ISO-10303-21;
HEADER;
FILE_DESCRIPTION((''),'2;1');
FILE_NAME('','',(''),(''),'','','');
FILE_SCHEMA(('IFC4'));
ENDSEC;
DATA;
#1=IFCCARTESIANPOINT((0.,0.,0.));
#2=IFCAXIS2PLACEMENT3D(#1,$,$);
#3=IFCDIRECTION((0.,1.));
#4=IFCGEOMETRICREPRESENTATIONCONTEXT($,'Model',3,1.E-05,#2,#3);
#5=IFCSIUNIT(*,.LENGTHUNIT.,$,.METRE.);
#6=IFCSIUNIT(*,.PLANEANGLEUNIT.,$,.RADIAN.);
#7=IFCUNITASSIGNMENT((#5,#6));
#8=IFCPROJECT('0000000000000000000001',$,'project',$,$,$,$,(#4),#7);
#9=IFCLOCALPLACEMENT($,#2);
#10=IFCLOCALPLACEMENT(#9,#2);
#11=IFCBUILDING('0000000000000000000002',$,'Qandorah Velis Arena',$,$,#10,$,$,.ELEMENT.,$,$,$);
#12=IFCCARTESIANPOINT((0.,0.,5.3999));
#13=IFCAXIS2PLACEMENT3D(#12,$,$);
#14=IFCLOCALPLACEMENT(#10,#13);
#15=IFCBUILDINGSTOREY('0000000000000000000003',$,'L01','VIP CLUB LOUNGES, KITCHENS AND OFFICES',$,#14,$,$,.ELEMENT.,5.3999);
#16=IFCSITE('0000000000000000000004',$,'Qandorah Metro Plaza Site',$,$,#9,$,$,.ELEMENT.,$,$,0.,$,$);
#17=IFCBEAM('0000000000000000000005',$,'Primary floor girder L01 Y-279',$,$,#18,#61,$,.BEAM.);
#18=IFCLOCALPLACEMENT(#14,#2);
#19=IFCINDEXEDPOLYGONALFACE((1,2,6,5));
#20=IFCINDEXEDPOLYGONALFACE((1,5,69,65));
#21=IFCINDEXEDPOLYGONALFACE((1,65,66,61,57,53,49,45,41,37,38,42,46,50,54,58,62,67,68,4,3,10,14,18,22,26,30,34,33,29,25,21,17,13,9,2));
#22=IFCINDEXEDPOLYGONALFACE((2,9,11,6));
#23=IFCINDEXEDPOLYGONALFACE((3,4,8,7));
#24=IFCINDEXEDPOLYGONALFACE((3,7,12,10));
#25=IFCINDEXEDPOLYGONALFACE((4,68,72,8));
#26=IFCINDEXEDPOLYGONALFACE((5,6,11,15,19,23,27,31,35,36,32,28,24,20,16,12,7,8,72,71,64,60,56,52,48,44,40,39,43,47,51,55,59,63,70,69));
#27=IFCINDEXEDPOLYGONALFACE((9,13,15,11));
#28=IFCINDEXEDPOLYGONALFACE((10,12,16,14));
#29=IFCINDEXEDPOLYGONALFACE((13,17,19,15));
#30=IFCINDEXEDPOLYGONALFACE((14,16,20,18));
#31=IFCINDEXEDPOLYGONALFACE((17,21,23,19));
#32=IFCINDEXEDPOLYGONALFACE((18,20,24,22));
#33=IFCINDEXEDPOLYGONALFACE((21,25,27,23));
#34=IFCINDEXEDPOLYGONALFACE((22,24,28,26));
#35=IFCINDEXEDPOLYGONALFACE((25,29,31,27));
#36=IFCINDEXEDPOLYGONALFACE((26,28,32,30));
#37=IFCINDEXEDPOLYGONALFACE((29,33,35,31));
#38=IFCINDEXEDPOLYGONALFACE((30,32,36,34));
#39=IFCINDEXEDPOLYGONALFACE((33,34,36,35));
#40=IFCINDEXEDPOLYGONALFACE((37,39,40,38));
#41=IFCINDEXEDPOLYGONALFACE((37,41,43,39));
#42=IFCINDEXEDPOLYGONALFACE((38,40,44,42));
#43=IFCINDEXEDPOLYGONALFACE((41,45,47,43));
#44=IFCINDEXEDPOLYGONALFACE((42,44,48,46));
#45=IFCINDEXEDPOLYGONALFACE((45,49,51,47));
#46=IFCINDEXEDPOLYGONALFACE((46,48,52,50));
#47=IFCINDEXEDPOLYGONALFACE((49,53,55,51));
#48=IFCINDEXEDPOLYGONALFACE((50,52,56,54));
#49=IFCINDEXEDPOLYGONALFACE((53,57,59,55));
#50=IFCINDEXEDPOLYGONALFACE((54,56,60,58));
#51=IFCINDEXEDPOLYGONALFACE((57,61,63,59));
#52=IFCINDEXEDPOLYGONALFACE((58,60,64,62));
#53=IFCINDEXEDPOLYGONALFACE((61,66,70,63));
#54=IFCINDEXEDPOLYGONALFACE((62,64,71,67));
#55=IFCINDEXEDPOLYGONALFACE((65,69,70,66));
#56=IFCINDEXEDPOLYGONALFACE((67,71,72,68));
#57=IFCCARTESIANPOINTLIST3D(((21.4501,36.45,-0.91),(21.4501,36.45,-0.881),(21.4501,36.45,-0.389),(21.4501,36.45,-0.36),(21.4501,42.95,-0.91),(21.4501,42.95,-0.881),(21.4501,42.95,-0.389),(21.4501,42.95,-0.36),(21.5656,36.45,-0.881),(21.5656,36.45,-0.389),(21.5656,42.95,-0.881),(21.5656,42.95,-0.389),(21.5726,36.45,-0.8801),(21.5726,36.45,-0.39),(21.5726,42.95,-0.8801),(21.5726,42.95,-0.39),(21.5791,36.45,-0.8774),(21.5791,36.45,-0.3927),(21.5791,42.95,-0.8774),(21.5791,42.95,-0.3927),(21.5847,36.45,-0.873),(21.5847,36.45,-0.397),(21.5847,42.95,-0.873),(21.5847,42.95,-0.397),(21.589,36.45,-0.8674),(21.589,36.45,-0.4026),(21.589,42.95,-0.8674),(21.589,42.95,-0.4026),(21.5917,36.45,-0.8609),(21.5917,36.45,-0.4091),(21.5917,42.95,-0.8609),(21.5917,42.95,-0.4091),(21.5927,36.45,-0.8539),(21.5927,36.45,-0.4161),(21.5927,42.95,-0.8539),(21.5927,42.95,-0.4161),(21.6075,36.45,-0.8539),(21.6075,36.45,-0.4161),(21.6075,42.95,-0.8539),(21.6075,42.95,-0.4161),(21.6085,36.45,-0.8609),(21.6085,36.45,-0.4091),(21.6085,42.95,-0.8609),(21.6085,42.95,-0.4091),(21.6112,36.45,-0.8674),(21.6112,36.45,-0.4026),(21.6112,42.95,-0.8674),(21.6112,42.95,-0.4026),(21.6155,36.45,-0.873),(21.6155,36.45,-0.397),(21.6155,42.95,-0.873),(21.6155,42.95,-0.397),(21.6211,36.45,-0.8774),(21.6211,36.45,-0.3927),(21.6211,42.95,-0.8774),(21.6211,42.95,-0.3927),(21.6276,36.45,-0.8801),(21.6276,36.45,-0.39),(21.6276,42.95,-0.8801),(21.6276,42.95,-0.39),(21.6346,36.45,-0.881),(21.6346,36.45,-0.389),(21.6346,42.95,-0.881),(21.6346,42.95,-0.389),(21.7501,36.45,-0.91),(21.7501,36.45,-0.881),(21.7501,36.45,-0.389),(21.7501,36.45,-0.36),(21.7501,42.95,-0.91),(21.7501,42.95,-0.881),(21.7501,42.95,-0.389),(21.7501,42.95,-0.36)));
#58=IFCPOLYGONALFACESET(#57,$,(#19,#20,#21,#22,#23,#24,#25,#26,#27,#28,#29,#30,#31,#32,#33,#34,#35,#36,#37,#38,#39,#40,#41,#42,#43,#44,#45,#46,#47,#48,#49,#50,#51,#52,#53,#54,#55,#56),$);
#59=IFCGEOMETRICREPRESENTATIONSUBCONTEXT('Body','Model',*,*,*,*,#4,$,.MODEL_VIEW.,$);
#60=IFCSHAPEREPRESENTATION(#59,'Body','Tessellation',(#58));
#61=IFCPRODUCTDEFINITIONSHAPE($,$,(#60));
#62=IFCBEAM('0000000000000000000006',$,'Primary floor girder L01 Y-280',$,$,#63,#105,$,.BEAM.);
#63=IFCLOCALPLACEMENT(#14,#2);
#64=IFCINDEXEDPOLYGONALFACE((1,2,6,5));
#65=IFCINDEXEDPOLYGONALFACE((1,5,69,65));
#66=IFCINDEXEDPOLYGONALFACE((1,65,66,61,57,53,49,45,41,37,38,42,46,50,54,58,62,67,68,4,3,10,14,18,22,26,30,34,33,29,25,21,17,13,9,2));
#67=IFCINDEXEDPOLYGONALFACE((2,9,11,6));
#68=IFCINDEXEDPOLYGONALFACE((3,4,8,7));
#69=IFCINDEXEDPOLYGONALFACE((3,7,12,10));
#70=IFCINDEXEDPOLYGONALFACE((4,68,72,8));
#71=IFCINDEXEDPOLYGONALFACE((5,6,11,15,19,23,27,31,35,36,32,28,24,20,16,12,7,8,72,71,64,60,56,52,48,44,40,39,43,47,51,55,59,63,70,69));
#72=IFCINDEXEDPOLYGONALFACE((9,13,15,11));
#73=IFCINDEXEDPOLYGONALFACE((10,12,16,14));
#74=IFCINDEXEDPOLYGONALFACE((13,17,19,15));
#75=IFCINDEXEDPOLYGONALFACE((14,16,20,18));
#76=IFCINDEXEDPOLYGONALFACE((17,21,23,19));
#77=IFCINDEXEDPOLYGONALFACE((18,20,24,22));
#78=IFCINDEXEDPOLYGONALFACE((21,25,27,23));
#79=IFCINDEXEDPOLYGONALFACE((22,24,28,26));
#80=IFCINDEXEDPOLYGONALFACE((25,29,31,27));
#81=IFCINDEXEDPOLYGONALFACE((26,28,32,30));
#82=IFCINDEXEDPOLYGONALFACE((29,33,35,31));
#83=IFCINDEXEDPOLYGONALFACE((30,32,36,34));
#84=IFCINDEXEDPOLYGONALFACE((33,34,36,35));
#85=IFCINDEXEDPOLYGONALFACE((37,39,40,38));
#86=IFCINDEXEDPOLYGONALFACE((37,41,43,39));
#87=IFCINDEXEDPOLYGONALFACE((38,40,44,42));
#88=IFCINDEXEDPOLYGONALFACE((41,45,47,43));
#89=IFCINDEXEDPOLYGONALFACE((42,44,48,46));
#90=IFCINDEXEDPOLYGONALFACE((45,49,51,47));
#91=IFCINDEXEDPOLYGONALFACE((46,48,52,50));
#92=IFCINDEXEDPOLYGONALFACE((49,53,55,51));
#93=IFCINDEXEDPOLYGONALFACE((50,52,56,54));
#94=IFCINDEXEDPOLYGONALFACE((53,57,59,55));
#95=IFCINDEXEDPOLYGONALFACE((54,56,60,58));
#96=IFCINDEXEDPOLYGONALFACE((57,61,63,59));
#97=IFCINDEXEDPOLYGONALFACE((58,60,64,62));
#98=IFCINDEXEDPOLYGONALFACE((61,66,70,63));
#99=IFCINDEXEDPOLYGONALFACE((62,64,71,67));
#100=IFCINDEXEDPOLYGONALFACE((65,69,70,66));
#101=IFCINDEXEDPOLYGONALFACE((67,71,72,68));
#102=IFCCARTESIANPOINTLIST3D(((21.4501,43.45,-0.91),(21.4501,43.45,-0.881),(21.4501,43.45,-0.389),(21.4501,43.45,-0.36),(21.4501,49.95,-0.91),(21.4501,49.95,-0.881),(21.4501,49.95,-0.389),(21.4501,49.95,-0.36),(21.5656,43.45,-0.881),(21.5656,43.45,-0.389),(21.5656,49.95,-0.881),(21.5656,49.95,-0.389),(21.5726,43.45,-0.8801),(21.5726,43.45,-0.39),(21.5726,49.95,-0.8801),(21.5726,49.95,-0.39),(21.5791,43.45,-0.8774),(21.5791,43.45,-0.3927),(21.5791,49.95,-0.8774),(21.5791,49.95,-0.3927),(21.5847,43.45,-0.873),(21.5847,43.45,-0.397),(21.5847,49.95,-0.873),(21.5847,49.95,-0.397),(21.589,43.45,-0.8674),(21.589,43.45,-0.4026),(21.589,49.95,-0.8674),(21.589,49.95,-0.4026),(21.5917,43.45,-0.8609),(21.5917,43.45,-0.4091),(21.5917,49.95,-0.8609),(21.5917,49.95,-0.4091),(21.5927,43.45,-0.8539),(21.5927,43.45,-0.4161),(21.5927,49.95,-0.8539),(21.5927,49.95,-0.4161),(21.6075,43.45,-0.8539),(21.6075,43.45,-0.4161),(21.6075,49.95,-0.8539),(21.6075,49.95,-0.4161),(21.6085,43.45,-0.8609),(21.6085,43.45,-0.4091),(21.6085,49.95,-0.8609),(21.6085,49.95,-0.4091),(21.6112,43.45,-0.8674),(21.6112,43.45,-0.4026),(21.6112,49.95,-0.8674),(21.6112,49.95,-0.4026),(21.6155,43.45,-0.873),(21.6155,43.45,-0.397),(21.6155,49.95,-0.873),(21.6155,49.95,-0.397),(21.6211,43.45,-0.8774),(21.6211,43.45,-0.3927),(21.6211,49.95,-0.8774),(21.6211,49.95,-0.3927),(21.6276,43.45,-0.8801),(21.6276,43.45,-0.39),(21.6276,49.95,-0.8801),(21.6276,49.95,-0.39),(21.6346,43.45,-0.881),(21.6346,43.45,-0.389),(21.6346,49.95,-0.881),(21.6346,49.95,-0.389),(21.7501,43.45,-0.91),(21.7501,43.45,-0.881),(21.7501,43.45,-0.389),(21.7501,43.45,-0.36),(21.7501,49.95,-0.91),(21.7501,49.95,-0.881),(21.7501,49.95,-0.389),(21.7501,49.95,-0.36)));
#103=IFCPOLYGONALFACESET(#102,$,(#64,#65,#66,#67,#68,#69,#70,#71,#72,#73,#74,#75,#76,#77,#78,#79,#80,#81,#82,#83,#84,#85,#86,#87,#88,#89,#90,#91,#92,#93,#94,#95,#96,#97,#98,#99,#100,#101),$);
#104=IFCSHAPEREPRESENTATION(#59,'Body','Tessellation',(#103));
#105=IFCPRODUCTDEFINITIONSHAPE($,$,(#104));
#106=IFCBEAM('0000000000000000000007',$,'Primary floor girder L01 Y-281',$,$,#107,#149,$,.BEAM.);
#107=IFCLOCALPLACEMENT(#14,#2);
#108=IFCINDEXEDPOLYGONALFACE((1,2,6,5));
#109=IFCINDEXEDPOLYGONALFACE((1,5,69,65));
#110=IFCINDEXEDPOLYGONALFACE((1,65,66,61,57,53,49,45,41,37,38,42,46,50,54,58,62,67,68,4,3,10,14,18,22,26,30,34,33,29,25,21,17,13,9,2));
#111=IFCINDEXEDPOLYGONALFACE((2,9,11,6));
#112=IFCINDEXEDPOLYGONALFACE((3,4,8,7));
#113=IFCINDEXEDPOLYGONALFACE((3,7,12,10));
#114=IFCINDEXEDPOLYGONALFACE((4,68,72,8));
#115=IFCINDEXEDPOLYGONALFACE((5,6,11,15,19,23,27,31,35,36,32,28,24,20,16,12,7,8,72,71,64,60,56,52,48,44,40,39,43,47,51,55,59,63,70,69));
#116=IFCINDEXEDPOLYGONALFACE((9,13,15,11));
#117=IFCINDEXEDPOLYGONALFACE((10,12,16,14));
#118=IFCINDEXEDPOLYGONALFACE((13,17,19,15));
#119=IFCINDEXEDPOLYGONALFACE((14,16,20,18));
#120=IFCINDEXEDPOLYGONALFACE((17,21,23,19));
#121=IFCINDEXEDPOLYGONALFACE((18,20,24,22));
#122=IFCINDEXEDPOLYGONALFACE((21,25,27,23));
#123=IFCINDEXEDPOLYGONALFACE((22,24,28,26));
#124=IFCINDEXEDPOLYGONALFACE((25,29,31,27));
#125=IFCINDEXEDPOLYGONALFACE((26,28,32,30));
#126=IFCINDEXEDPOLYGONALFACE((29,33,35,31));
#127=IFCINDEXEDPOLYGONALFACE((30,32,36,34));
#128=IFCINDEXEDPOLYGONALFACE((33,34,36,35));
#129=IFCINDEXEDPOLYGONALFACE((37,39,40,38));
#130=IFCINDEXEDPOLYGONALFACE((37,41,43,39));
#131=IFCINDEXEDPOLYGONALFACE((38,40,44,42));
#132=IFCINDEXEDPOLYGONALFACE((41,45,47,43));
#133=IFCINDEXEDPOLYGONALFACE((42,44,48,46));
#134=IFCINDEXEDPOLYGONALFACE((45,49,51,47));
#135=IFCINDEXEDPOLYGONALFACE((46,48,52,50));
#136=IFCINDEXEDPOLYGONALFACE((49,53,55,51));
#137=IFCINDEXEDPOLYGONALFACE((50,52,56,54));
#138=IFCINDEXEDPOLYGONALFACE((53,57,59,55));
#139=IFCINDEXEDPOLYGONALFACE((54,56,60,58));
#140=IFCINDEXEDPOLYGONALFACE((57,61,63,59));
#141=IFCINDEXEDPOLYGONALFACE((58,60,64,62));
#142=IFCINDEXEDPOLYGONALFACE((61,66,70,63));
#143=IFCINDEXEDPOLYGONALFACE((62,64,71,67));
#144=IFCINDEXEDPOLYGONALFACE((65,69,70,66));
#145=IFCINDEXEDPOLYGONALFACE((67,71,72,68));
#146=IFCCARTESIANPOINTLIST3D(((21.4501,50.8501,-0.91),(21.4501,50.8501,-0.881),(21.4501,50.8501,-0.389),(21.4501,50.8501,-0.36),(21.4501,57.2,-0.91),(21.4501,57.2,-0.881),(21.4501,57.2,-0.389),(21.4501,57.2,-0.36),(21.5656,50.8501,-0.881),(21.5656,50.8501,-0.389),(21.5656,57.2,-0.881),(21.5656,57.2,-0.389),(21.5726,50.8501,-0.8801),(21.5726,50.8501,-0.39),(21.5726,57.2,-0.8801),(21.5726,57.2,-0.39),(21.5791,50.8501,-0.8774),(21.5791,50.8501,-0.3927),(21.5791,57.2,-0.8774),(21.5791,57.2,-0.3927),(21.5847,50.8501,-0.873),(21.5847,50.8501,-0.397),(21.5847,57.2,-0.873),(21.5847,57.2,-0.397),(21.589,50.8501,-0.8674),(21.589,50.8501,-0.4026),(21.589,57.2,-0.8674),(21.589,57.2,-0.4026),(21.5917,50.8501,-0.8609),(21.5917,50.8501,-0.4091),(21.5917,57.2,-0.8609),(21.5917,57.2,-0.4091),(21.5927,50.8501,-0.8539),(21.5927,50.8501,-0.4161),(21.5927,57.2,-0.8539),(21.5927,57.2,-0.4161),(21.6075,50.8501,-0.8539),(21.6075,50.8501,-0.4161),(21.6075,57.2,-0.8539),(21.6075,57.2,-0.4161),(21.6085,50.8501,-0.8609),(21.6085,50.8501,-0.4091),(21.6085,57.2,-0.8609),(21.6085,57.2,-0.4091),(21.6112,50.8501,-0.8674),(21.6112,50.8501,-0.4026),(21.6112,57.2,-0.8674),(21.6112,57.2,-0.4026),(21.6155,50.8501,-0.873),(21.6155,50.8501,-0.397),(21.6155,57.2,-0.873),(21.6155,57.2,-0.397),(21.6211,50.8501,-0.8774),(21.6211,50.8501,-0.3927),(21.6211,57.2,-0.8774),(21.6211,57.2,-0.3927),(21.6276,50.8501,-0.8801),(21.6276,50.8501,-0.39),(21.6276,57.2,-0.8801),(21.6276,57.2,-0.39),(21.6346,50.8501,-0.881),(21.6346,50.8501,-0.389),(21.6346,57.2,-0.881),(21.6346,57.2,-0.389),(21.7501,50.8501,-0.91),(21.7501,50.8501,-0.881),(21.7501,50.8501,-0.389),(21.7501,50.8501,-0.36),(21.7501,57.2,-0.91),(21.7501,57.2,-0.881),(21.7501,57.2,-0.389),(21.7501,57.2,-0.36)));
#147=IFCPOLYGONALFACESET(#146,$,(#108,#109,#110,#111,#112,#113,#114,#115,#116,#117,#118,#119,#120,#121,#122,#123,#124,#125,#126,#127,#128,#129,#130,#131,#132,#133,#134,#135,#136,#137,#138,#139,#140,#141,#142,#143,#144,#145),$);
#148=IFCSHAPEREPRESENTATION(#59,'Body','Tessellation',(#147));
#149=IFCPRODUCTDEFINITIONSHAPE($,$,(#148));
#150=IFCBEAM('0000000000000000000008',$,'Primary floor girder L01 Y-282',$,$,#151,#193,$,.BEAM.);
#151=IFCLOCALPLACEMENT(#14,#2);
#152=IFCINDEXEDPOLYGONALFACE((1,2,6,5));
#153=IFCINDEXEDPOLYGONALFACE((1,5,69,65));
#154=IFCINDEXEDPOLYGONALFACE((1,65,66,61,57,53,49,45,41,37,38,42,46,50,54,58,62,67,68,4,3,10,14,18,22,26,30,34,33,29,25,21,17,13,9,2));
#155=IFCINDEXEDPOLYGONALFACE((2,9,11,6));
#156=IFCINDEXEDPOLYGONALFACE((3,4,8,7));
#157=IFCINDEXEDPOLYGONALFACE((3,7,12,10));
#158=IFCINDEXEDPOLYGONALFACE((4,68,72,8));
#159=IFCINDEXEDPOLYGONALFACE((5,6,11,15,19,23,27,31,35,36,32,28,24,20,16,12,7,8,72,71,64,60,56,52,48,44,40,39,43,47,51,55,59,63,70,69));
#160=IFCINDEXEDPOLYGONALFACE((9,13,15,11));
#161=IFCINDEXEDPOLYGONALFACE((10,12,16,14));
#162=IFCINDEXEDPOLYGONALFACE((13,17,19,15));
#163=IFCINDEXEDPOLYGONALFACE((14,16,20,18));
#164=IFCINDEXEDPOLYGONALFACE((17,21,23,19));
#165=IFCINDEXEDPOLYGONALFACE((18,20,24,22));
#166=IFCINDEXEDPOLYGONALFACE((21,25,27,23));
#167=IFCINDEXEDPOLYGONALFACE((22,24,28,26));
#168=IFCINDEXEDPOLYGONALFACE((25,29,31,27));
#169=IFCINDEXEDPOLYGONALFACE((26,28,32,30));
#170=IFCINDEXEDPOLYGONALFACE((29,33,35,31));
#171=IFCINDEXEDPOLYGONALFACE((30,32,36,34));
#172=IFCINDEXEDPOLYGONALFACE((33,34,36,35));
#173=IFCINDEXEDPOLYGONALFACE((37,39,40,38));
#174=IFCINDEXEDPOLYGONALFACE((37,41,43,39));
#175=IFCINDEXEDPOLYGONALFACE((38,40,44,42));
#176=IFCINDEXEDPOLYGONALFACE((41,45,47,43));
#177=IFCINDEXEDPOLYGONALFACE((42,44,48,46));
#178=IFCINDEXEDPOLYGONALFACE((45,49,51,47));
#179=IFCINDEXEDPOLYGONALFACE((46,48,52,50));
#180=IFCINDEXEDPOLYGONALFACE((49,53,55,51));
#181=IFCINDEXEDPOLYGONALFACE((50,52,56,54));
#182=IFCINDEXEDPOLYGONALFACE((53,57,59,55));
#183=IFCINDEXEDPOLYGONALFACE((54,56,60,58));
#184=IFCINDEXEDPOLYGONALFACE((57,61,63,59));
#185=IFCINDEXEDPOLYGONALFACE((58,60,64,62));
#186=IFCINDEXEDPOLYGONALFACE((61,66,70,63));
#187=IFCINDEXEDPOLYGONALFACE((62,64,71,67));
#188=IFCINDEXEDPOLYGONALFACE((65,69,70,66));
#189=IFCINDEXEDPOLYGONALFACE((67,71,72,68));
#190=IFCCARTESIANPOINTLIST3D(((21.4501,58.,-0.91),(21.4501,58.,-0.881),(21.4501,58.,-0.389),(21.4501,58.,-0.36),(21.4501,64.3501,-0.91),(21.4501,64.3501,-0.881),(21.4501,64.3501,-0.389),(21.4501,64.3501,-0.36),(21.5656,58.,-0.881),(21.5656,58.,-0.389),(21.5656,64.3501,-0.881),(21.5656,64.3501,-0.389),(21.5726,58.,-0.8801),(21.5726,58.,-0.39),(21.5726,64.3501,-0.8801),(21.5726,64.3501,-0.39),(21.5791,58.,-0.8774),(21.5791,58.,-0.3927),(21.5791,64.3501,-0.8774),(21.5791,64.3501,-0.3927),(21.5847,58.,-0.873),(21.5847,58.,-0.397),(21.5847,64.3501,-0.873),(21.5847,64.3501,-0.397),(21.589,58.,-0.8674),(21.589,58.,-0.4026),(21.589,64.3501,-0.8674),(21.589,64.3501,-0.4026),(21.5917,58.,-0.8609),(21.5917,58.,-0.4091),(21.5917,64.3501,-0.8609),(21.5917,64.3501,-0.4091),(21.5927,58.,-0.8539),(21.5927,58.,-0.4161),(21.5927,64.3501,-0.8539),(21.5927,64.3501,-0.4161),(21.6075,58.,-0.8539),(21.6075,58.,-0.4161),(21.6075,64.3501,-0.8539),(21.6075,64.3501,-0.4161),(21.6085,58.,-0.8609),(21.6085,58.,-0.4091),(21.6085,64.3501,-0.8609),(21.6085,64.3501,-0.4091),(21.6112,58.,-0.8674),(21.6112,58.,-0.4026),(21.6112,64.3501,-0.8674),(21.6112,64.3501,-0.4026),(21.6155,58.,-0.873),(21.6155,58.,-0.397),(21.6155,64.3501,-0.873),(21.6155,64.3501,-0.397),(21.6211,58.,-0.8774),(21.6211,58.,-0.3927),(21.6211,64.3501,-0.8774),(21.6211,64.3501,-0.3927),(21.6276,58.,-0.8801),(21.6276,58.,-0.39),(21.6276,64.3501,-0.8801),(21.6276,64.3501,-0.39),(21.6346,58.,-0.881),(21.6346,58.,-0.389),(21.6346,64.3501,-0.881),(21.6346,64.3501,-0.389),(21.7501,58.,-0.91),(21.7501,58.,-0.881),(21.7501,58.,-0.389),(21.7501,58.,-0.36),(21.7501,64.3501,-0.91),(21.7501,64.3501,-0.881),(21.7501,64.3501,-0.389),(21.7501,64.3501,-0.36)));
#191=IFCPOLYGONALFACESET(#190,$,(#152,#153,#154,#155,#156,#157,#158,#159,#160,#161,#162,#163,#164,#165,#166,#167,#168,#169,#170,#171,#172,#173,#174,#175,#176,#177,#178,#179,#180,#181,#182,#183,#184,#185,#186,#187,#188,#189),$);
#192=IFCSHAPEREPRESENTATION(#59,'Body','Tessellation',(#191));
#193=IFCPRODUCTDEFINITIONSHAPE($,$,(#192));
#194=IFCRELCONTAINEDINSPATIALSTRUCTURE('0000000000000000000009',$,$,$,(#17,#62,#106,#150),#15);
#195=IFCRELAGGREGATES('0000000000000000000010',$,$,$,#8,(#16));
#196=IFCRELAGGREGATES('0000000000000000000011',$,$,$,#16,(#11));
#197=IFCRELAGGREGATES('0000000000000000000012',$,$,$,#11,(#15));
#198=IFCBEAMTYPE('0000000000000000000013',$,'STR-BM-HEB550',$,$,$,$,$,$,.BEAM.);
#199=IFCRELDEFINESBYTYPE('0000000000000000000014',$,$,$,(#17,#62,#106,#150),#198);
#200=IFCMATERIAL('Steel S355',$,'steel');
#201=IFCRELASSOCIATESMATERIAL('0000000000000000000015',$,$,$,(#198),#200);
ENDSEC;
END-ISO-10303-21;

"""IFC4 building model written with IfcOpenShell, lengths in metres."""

from ifc_helpers import new_model, si_unit, direction, frame, origin, origin_2d, place, context, subcontext, project, spatial, i_section, extrude, material, material_profile, profile_set, type_object, element, save


model = new_model("IFC4")

# Units and contexts
model_context = context("Model", 3, precision=1e-05, world=origin(), true_north=direction((0.0, 1.0)))
body_context = subcontext(model_context, "Body", "Model", "MODEL_VIEW")
ifc_project = project(units=[si_unit("LENGTHUNIT", "METRE"), si_unit("PLANEANGLEUNIT", "RADIAN")], contexts=[model_context])

# Site, building, storey
site_placement = place(None, origin())
site = spatial("IfcSite", under=ifc_project, at=site_placement, Name="Qandorah Metro Plaza Site", CompositionType="ELEMENT", RefElevation=0.0)
building_placement = place(site_placement, origin())
building = spatial("IfcBuilding", under=site, at=building_placement, Name="Qandorah Velis Arena", CompositionType="ELEMENT")
storey_placement = place(building_placement, frame((0.0, 0.0, 5.3999)))
storey = spatial("IfcBuildingStorey", under=building, at=storey_placement, Name="L01", Description="VIP CLUB LOUNGES, KITCHENS AND OFFICES", CompositionType="ELEMENT", Elevation=5.3999)

# Beams
ifc_material_1 = material(Name="Steel S355", Category="steel")
ifc_material_profile_1 = material_profile(ifc_material_1, i_section(OverallWidth=0.3, OverallDepth=0.55, WebThickness=0.0149, FlangeThickness=0.0291, FilletRadius=0.0271, at=origin_2d()), Name="HEB 550")
ifc_profile_set_1 = profile_set([ifc_material_profile_1], Name="Steel S355")
beam_type_1 = type_object("IfcBeamType", Name="STR-BM-HEB550", PredefinedType="BEAM", material=ifc_profile_set_1)
for number, where, z_axis, x_axis, name in (
    (1, (21.6001, 36.45, -0.635), (0.0, 1.0, 0.0), (-1.0, 0.0, 0.0), "Primary floor girder L01 Y-279"),
    (2, (21.6001, 43.45, -0.635), (0.0, 1.0, 0.0), (-1.0, 0.0, 0.0), "Primary floor girder L01 Y-280"),
):
    element("IfcBeam", number, at=place(storey_placement, frame(where, z_axis=z_axis, x_axis=x_axis)), inside=storey, type_object=beam_type_1, Name=name, PredefinedType="BEAM", context=body_context, shape_type="SweptSolid", body=[
        extrude(i_section(OverallWidth=0.3, OverallDepth=0.55, WebThickness=0.0149, FlangeThickness=0.0291, FilletRadius=0.0271, at=origin_2d()), origin(), (0.0, 0.0, 1.0), 6.5),
    ])
beam_1_placement = place(storey_placement, frame((21.6001, 50.8501, -0.635), z_axis=(0.0, 1.0, 0.0), x_axis=(-1.0, 0.0, 0.0)))
element("IfcBeam", 3, at=beam_1_placement, inside=storey, type_object=beam_type_1, Name="Primary floor girder L01 Y-281", PredefinedType="BEAM", context=body_context, shape_type="SweptSolid", body=[
    extrude(i_section(OverallWidth=0.3, OverallDepth=0.55, WebThickness=0.0149, FlangeThickness=0.0291, FilletRadius=0.0271, at=origin_2d()), origin(), (0.0, 0.0, 1.0), 6.3499),
])
beam_2_placement = place(storey_placement, frame((21.6001, 58.0, -0.635), z_axis=(0.0, 1.0, 0.0), x_axis=(-1.0, 0.0, 0.0)))
element("IfcBeam", 4, at=beam_2_placement, inside=storey, type_object=beam_type_1, Name="Primary floor girder L01 Y-282", PredefinedType="BEAM", context=body_context, shape_type="SweptSolid", body=[
    extrude(i_section(OverallWidth=0.3, OverallDepth=0.55, WebThickness=0.0149, FlangeThickness=0.0291, FilletRadius=0.0271, at=origin_2d()), origin(), (0.0, 0.0, 1.0), 6.3501),
])

save(model, "model.ifc")
